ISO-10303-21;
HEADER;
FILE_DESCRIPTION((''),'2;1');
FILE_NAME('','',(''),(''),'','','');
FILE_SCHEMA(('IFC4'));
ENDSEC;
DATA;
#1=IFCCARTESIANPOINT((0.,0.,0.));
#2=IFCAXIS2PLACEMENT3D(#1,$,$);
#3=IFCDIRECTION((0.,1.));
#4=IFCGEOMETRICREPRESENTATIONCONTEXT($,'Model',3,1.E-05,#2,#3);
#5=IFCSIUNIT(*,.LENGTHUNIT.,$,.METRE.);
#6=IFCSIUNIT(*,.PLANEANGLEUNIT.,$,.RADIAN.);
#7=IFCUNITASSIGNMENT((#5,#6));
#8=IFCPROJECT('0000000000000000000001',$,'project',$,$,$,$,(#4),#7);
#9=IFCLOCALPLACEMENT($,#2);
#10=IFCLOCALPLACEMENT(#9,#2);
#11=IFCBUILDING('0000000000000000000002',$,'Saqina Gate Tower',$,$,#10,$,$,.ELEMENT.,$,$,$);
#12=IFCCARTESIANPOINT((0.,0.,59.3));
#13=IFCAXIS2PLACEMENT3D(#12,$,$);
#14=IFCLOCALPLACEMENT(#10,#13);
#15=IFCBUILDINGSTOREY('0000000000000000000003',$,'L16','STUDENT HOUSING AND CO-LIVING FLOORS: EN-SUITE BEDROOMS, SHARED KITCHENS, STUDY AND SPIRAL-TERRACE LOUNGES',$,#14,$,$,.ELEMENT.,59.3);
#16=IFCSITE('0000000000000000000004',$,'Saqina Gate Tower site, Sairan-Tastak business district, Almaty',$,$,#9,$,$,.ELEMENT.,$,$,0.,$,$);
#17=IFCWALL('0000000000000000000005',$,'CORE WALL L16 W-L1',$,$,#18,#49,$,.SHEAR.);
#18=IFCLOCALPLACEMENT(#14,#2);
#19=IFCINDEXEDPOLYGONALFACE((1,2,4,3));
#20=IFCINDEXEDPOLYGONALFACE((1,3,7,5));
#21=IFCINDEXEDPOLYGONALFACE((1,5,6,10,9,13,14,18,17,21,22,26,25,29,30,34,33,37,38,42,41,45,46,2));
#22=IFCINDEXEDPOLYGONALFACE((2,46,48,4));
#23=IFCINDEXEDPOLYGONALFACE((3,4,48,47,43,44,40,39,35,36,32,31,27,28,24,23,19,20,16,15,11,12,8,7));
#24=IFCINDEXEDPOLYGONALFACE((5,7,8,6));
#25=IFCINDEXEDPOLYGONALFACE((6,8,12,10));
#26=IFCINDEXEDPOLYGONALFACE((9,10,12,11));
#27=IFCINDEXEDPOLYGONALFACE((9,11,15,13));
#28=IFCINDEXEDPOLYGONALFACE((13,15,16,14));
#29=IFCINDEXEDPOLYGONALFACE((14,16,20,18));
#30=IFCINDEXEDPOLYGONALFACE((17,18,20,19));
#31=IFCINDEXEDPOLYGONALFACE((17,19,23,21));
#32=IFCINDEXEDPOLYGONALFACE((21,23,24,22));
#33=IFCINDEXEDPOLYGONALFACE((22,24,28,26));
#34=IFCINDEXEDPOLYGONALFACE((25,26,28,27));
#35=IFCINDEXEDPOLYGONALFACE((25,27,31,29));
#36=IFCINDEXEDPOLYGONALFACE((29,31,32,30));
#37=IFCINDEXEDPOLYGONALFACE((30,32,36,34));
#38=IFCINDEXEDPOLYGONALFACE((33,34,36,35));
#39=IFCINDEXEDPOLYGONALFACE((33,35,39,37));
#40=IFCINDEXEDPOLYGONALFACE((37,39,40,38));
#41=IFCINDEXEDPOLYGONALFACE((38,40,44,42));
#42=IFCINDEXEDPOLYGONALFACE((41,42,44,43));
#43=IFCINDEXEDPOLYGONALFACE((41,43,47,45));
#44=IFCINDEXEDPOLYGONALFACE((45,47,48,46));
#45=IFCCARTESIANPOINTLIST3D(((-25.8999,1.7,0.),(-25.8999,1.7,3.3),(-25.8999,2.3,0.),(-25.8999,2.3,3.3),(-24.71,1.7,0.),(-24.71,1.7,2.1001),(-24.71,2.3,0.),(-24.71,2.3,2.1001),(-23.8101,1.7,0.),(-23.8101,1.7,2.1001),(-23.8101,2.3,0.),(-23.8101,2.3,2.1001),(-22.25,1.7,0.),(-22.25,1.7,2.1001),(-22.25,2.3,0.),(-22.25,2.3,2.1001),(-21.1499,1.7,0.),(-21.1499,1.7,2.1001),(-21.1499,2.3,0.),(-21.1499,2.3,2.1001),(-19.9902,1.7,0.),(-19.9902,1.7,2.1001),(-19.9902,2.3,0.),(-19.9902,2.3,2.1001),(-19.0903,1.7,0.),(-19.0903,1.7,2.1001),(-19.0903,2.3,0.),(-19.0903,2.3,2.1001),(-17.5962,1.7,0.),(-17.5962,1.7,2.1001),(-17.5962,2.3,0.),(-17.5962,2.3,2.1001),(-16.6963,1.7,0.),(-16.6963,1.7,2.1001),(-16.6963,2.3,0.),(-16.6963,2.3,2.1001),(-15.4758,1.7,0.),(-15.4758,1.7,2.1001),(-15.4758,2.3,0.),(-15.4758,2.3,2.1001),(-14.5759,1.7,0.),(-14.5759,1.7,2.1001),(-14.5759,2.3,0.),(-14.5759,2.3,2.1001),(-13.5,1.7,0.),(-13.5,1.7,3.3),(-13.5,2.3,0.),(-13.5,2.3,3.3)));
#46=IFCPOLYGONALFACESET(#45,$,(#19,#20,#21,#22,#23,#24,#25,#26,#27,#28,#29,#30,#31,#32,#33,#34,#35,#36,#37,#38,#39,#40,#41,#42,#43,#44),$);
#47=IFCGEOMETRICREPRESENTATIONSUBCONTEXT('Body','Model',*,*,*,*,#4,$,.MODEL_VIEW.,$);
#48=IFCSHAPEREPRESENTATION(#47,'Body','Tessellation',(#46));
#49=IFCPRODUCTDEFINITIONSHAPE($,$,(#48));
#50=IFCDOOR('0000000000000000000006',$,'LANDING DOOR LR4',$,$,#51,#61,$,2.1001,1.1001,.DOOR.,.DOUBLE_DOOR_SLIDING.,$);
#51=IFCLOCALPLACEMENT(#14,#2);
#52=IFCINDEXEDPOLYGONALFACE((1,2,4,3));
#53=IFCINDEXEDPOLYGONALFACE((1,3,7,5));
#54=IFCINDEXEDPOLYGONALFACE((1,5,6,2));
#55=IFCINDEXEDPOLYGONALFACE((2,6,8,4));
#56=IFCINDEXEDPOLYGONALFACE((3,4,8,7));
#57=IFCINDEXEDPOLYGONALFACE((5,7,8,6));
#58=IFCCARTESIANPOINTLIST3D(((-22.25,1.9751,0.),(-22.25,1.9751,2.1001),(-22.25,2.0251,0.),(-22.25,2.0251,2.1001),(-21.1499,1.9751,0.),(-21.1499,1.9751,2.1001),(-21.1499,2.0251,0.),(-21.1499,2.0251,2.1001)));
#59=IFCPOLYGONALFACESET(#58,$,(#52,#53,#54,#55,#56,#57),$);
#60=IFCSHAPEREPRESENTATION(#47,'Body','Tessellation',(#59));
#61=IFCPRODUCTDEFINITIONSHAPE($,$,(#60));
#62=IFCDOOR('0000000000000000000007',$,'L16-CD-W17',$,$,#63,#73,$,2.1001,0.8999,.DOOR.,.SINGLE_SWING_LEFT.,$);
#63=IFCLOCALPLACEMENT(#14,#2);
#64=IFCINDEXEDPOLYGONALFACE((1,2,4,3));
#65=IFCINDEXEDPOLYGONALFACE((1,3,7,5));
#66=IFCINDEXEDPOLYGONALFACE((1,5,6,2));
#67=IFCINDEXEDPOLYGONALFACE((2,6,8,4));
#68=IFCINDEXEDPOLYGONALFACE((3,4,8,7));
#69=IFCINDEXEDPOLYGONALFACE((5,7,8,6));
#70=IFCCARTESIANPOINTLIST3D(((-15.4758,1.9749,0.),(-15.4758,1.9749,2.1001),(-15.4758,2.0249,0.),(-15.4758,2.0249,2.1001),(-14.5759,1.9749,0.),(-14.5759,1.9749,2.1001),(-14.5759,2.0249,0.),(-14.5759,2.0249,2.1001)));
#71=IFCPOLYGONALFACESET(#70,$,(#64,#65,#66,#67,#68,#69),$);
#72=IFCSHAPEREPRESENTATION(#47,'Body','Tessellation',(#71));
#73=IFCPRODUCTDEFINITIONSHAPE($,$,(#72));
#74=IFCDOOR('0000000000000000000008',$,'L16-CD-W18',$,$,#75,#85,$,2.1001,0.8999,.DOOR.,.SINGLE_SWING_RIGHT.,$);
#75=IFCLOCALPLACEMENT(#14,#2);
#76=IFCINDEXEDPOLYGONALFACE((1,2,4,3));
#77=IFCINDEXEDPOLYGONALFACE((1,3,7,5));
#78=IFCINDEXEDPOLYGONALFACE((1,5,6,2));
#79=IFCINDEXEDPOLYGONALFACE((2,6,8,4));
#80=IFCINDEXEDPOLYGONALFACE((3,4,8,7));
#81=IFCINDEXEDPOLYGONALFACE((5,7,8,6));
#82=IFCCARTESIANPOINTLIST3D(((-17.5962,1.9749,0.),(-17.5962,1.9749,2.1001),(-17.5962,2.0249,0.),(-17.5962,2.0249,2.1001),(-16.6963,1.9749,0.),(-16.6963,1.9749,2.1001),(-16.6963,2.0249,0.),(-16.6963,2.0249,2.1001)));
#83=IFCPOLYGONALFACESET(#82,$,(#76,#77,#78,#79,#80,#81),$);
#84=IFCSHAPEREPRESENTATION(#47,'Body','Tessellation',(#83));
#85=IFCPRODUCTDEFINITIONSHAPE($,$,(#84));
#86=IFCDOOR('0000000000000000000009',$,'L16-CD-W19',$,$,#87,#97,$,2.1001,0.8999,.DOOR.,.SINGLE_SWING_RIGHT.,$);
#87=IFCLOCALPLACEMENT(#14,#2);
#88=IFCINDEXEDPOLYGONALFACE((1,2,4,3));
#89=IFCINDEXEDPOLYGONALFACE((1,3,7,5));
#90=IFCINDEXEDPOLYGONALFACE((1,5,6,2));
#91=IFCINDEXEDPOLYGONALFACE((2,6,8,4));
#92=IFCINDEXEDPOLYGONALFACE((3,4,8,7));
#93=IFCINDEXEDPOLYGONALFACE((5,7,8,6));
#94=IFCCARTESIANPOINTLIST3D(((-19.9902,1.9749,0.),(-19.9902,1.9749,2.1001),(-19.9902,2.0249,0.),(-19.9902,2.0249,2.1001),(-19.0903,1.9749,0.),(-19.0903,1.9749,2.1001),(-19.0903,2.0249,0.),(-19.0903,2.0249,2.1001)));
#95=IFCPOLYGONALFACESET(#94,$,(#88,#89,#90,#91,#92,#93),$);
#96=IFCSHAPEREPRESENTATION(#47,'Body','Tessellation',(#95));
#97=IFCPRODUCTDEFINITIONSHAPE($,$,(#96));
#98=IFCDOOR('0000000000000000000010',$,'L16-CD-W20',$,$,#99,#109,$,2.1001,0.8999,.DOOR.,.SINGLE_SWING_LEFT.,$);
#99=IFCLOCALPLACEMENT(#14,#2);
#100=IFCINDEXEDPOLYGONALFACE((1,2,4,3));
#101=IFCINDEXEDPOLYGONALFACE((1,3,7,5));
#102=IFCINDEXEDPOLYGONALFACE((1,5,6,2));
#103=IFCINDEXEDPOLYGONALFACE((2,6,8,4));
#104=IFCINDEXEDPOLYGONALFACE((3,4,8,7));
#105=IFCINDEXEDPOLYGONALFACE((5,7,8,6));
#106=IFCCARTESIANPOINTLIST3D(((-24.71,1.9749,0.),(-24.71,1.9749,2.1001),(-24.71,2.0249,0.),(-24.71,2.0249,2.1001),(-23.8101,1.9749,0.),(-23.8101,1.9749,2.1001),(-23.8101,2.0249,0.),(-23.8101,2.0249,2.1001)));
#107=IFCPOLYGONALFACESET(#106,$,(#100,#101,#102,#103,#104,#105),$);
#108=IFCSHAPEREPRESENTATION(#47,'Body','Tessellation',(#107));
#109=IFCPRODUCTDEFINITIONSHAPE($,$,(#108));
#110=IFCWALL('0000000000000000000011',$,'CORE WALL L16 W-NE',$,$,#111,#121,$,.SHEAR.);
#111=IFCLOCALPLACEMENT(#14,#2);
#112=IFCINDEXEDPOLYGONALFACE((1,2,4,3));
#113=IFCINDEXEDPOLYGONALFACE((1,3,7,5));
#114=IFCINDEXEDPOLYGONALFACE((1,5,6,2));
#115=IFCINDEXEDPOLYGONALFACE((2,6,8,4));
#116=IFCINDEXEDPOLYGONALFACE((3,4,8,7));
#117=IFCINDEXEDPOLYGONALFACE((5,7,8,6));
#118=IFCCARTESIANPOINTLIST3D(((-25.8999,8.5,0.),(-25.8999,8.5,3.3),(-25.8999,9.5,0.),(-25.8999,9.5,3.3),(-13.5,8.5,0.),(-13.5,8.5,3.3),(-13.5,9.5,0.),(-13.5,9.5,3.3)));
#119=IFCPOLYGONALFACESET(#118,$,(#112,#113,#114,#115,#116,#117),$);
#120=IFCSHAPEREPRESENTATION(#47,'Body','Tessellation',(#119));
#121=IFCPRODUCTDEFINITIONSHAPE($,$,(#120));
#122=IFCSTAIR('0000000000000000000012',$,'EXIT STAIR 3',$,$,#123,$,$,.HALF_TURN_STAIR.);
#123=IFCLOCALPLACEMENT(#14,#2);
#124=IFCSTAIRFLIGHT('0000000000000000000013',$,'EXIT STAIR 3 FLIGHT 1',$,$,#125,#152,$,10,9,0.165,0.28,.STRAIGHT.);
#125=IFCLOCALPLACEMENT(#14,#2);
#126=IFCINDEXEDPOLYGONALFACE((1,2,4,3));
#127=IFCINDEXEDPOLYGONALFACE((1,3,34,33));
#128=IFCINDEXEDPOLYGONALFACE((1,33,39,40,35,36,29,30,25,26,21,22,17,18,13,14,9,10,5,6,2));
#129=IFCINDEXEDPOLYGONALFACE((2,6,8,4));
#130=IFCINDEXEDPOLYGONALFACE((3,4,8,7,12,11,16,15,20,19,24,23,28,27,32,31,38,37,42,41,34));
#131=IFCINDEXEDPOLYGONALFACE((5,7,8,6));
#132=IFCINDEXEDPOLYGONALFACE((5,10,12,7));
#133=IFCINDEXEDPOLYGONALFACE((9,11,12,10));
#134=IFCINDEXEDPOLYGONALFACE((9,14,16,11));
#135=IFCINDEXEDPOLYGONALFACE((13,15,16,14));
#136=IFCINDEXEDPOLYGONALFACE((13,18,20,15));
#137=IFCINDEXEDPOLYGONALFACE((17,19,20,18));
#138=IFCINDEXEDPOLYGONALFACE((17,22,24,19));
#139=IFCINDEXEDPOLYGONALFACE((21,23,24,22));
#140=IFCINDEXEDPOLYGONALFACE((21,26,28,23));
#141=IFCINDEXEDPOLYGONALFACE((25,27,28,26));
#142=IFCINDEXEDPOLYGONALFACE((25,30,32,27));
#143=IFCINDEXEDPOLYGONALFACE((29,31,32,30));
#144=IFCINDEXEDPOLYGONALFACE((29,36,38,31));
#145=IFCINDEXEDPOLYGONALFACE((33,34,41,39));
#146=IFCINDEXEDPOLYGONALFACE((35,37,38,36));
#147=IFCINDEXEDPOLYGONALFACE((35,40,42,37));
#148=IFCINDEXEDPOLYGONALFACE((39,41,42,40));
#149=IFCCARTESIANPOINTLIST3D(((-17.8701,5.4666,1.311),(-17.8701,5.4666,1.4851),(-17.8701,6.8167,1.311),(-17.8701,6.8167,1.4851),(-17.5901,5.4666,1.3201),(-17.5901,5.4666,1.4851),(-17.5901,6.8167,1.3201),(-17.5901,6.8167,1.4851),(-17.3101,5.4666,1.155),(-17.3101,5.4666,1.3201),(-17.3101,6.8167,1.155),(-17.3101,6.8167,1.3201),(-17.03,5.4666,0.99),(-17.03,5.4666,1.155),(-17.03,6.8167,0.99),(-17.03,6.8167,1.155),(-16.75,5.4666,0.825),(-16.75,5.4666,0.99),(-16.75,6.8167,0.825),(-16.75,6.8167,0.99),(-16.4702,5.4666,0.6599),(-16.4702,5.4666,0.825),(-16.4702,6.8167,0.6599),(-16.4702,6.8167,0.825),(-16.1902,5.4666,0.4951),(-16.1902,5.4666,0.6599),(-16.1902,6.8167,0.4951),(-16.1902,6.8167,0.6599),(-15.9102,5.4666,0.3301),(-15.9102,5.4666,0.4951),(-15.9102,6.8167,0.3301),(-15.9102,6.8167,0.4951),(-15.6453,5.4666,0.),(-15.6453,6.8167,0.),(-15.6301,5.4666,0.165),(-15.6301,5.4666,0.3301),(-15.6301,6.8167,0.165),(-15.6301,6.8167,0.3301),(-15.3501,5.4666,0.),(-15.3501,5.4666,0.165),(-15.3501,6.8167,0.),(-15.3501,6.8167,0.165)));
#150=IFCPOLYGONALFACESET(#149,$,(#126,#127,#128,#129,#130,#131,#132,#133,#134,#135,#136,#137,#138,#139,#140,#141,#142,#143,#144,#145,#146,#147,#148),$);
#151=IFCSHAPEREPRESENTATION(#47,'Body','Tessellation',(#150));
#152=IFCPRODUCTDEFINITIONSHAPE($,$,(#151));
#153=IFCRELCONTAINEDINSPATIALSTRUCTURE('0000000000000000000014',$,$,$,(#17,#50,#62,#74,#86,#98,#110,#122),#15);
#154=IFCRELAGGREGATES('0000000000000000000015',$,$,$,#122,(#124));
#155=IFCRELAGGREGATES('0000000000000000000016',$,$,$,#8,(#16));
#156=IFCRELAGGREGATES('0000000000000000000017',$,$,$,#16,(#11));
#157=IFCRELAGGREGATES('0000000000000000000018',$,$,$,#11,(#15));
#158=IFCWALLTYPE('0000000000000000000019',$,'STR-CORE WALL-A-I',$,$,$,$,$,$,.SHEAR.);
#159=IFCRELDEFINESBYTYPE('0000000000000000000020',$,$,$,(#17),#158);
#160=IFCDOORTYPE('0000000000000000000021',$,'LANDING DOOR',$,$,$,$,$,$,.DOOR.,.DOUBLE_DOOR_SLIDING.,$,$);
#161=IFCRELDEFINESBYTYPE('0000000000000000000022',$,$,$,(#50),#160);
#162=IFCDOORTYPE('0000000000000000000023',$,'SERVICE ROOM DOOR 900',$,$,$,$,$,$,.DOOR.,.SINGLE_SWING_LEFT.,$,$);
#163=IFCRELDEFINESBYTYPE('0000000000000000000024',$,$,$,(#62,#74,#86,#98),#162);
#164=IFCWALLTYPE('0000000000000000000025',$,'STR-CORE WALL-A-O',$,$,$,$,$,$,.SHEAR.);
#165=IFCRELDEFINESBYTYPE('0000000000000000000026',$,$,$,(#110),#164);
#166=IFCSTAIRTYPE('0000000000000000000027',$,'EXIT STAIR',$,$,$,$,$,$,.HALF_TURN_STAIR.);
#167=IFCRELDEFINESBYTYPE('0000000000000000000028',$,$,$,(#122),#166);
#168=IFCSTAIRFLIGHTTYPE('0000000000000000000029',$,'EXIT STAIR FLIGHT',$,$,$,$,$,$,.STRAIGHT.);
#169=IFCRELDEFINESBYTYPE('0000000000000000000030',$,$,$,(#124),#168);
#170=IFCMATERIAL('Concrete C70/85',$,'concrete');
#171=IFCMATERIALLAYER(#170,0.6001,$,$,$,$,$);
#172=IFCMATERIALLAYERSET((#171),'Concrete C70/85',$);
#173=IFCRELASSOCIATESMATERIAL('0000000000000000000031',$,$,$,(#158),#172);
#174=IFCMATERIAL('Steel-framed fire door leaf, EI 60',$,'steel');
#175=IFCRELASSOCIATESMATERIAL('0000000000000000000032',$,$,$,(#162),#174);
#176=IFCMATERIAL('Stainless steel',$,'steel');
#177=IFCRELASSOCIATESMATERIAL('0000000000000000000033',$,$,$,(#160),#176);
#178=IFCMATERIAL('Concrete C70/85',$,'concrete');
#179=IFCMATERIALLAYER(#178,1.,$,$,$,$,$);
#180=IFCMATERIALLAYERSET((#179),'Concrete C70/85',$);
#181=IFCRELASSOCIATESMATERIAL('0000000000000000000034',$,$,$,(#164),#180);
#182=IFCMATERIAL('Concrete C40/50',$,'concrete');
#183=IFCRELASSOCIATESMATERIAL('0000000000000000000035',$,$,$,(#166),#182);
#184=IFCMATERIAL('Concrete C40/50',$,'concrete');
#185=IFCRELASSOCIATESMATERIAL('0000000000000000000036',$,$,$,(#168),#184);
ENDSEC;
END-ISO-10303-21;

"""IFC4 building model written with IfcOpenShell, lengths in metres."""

from ifc_helpers import new_model, si_unit, direction, frame, frame_2d, origin, place, context, subcontext, project, spatial, polyline, rectangle, outline, extrude, material, layer, layer_set, type_object, element, fill, aggregate, save


model = new_model("IFC4")

# Units and contexts
model_context = context("Model", 3, precision=1e-05, world=origin(), true_north=direction((0.0, 1.0)))
body_context = subcontext(model_context, "Body", "Model", "MODEL_VIEW")
ifc_project = project(units=[si_unit("LENGTHUNIT", "METRE"), si_unit("PLANEANGLEUNIT", "RADIAN")], contexts=[model_context])

# Site, building, storey
site_placement = place(None, origin())
site = spatial("IfcSite", under=ifc_project, at=site_placement, Name="Saqina Gate Tower site, Sairan-Tastak business district, Almaty", CompositionType="ELEMENT", RefElevation=0.0)
building_placement = place(site_placement, origin())
building = spatial("IfcBuilding", under=site, at=building_placement, Name="Saqina Gate Tower", CompositionType="ELEMENT")
storey_placement = place(building_placement, frame((0.0, 0.0, 59.3)))
storey = spatial("IfcBuildingStorey", under=building, at=storey_placement, Name="L16", Description="STUDENT HOUSING AND CO-LIVING FLOORS: EN-SUITE BEDROOMS, SHARED KITCHENS, STUDY AND SPIRAL-TERRACE LOUNGES", CompositionType="ELEMENT", Elevation=59.3)

# Wall, openings, doors
ifc_material_1 = material(Name="Concrete C70/85", Category="concrete")
ifc_layer_1 = layer(ifc_material_1, 0.6001)
ifc_layer_set_1 = layer_set([ifc_layer_1], Name="Concrete C70/85")
wall_type_1 = type_object("IfcWallType", Name="STR-CORE WALL-A-I", PredefinedType="SHEAR", material=ifc_layer_set_1)
ifc_material_2 = material(Name="Steel-framed fire door leaf, EI 60", Category="steel")
door_type_1 = type_object("IfcDoorType", Name="SERVICE ROOM DOOR 900", OperationType="SINGLE_SWING_LEFT", PredefinedType="DOOR", material=ifc_material_2)
wall_1_placement = place(storey_placement, frame((-13.5, 2.0, 0.0), z_axis=(0.0, 0.0, 1.0), x_axis=(-1.0, 0.0, 0.0)))
wall_1 = element("IfcWall", 1, at=wall_1_placement, inside=storey, type_object=wall_type_1, Name="CORE WALL L16 W-L1", PredefinedType="SHEAR", context=body_context, shape_type="SweptSolid", body=[
    extrude(rectangle(XDim=12.3999, YDim=0.6001, at=frame_2d((6.2, 0.0))), origin(), (0.0, 0.0, 1.0), 3.3),
])
opening_1_placement = place(wall_1_placement, frame((7.6499, 0.0, 0.0)))
opening_1 = element("IfcOpeningElement", 2, at=opening_1_placement, cuts=wall_1, PredefinedType="OPENING", context=body_context, shape_type="SweptSolid", body=[
    extrude(rectangle(XDim=1.1001, YDim=2.1001, at=frame_2d((0.55, 1.05))), frame((0.0, 0.312, 0.0), z_axis=(0.0, -1.0, 0.0), x_axis=(1.0, 0.0, 0.0)), (0.0, 0.0, 1.0), 0.624),
])
opening_2_placement = place(wall_1_placement, frame((1.0759, 0.0, 0.0)))
opening_2 = element("IfcOpeningElement", 3, at=opening_2_placement, cuts=wall_1, PredefinedType="OPENING", context=body_context, shape_type="SweptSolid", body=[
    extrude(rectangle(XDim=0.8999, YDim=2.1001, at=frame_2d((0.45, 1.05))), frame((0.0, 0.312, 0.0), z_axis=(0.0, -1.0, 0.0), x_axis=(1.0, 0.0, 0.0)), (0.0, 0.0, 1.0), 0.624),
])
opening_3_placement = place(wall_1_placement, frame((3.1963, 0.0, 0.0)))
opening_3 = element("IfcOpeningElement", 4, at=opening_3_placement, cuts=wall_1, PredefinedType="OPENING", context=body_context, shape_type="SweptSolid", body=[
    extrude(rectangle(XDim=0.8999, YDim=2.1001, at=frame_2d((0.45, 1.05))), frame((0.0, 0.312, 0.0), z_axis=(0.0, -1.0, 0.0), x_axis=(1.0, 0.0, 0.0)), (0.0, 0.0, 1.0), 0.624),
])
opening_4_placement = place(wall_1_placement, frame((5.5903, 0.0, 0.0)))
opening_4 = element("IfcOpeningElement", 5, at=opening_4_placement, cuts=wall_1, PredefinedType="OPENING", context=body_context, shape_type="SweptSolid", body=[
    extrude(rectangle(XDim=0.8999, YDim=2.1001, at=frame_2d((0.45, 1.05))), frame((0.0, 0.312, 0.0), z_axis=(0.0, -1.0, 0.0), x_axis=(1.0, 0.0, 0.0)), (0.0, 0.0, 1.0), 0.624),
])
opening_5_placement = place(wall_1_placement, frame((10.3101, 0.0, 0.0)))
opening_5 = element("IfcOpeningElement", 6, at=opening_5_placement, cuts=wall_1, PredefinedType="OPENING", context=body_context, shape_type="SweptSolid", body=[
    extrude(rectangle(XDim=0.8999, YDim=2.1001, at=frame_2d((0.45, 1.05))), frame((0.0, 0.312, 0.0), z_axis=(0.0, -1.0, 0.0), x_axis=(1.0, 0.0, 0.0)), (0.0, 0.0, 1.0), 0.624),
])
ifc_material_3 = material(Name="Stainless steel", Category="steel")
door_type_2 = type_object("IfcDoorType", Name="LANDING DOOR", OperationType="DOUBLE_DOOR_SLIDING", PredefinedType="DOOR", material=ifc_material_3)
door_1_placement = place(opening_1_placement, origin())
door_1 = element("IfcDoor", 7, at=door_1_placement, inside=storey, type_object=door_type_2, Name="LANDING DOOR LR4", OperationType="DOUBLE_DOOR_SLIDING", OverallHeight=2.1001, OverallWidth=1.1001, PredefinedType="DOOR", context=body_context, shape_type="SweptSolid", body=[
    extrude(rectangle(XDim=1.1001, YDim=2.1001, at=frame_2d((0.55, 1.05))), frame((0.0, 0.0249, 0.0), z_axis=(0.0, -1.0, 0.0), x_axis=(1.0, 0.0, 0.0)), (0.0, 0.0, 1.0), 0.05),
])
fill(opening_1, door_1)
door_2_placement = place(opening_2_placement, frame((0.8999, 0.0, 0.0), z_axis=(0.0, 0.0, 1.0), x_axis=(-1.0, 0.0, 0.0)))
door_2 = element("IfcDoor", 8, at=door_2_placement, inside=storey, type_object=door_type_1, Name="L16-CD-W17", OperationType="SINGLE_SWING_LEFT", OverallHeight=2.1001, OverallWidth=0.8999, PredefinedType="DOOR", context=body_context, shape_type="SweptSolid", body=[
    extrude(rectangle(XDim=0.8999, YDim=2.1001, at=frame_2d((0.45, 1.05))), frame((0.0, 0.0249, 0.0), z_axis=(0.0, -1.0, 0.0), x_axis=(1.0, 0.0, 0.0)), (0.0, 0.0, 1.0), 0.05),
])
fill(opening_2, door_2)
door_3_placement = place(opening_3_placement, frame((0.8999, 0.0, 0.0), z_axis=(0.0, 0.0, 1.0), x_axis=(-1.0, 0.0, 0.0)))
door_3 = element("IfcDoor", 9, at=door_3_placement, inside=storey, type_object=door_type_1, Name="L16-CD-W18", OperationType="SINGLE_SWING_RIGHT", OverallHeight=2.1001, OverallWidth=0.8999, PredefinedType="DOOR", context=body_context, shape_type="SweptSolid", body=[
    extrude(rectangle(XDim=0.8999, YDim=2.1001, at=frame_2d((0.45, 1.05))), frame((0.0, 0.0249, 0.0), z_axis=(0.0, -1.0, 0.0), x_axis=(1.0, 0.0, 0.0)), (0.0, 0.0, 1.0), 0.05),
])
fill(opening_3, door_3)
door_4_placement = place(opening_4_placement, frame((0.8999, 0.0, 0.0), z_axis=(0.0, 0.0, 1.0), x_axis=(-1.0, 0.0, 0.0)))
door_4 = element("IfcDoor", 10, at=door_4_placement, inside=storey, type_object=door_type_1, Name="L16-CD-W19", OperationType="SINGLE_SWING_RIGHT", OverallHeight=2.1001, OverallWidth=0.8999, PredefinedType="DOOR", context=body_context, shape_type="SweptSolid", body=[
    extrude(rectangle(XDim=0.8999, YDim=2.1001, at=frame_2d((0.45, 1.05))), frame((0.0, 0.0249, 0.0), z_axis=(0.0, -1.0, 0.0), x_axis=(1.0, 0.0, 0.0)), (0.0, 0.0, 1.0), 0.05),
])
fill(opening_4, door_4)
door_5_placement = place(opening_5_placement, frame((0.8999, 0.0, 0.0), z_axis=(0.0, 0.0, 1.0), x_axis=(-1.0, 0.0, 0.0)))
door_5 = element("IfcDoor", 11, at=door_5_placement, inside=storey, type_object=door_type_1, Name="L16-CD-W20", OperationType="SINGLE_SWING_LEFT", OverallHeight=2.1001, OverallWidth=0.8999, PredefinedType="DOOR", context=body_context, shape_type="SweptSolid", body=[
    extrude(rectangle(XDim=0.8999, YDim=2.1001, at=frame_2d((0.45, 1.05))), frame((0.0, 0.0249, 0.0), z_axis=(0.0, -1.0, 0.0), x_axis=(1.0, 0.0, 0.0)), (0.0, 0.0, 1.0), 0.05),
])
fill(opening_5, door_5)

# Wall
ifc_material_4 = material(Name="Concrete C70/85", Category="concrete")
ifc_layer_2 = layer(ifc_material_4, 1.0)
ifc_layer_set_2 = layer_set([ifc_layer_2], Name="Concrete C70/85")
wall_type_2 = type_object("IfcWallType", Name="STR-CORE WALL-A-O", PredefinedType="SHEAR", material=ifc_layer_set_2)
wall_2_placement = place(storey_placement, frame((-13.5, 9.0, 0.0), z_axis=(0.0, 0.0, 1.0), x_axis=(-1.0, 0.0, 0.0)))
element("IfcWall", 12, at=wall_2_placement, inside=storey, type_object=wall_type_2, Name="CORE WALL L16 W-NE", PredefinedType="SHEAR", context=body_context, shape_type="SweptSolid", body=[
    extrude(rectangle(XDim=12.3999, YDim=1.0, at=frame_2d((6.2, 0.0))), origin(), (0.0, 0.0, 1.0), 3.3),
])

# Stair, stair flight
ifc_material_5 = material(Name="Concrete C40/50", Category="concrete")
stair_type = type_object("IfcStairType", Name="EXIT STAIR", PredefinedType="HALF_TURN_STAIR", material=ifc_material_5)
stair_placement = place(storey_placement, origin())
stair = element("IfcStair", 13, at=stair_placement, inside=storey, type_object=stair_type, Name="EXIT STAIR 3", PredefinedType="HALF_TURN_STAIR")
ifc_material_6 = material(Name="Concrete C40/50", Category="concrete")
stair_flight_type = type_object("IfcStairFlightType", Name="EXIT STAIR FLIGHT", PredefinedType="STRAIGHT", material=ifc_material_6)
stair_flight_1_placement = place(storey_placement, frame((-15.3501, 6.1416, 0.0), z_axis=(0.0, 0.0, 1.0), x_axis=(-1.0, 0.0, 0.0)))
stair_flight_1 = element("IfcStairFlight", 14, at=stair_flight_1_placement, type_object=stair_flight_type, Name="EXIT STAIR 3 FLIGHT 1", NumberOfRisers=10, NumberOfTreads=9, PredefinedType="STRAIGHT", RiserHeight=0.165, TreadLength=0.28, context=body_context, shape_type="SweptSolid", body=[
    extrude(outline(polyline([(0.0, 0.0), (0.0, 0.165), (0.28, 0.165), (0.28, 0.3301), (0.5601, 0.3301), (0.5601, 0.4951), (0.8401, 0.4951), (0.8401, 0.6599), (1.1201, 0.6599), (1.1201, 0.825), (1.3999, 0.825), (1.3999, 0.99), (1.6799, 0.99), (1.6799, 1.155), (1.96, 1.155), (1.96, 1.3201), (2.24, 1.3201), (2.24, 1.4851), (2.52, 1.4851), (2.52, 1.6499), (2.52, 1.311), (0.2952, 0.0), (0.0, 0.0)])), frame((0.0, 0.675, 0.0), z_axis=(0.0, -1.0, 0.0), x_axis=(1.0, 0.0, 0.0)), (0.0, 0.0, 1.0), 1.3501),
])
aggregate(stair, [stair_flight_1])

save(model, "model.ifc")
